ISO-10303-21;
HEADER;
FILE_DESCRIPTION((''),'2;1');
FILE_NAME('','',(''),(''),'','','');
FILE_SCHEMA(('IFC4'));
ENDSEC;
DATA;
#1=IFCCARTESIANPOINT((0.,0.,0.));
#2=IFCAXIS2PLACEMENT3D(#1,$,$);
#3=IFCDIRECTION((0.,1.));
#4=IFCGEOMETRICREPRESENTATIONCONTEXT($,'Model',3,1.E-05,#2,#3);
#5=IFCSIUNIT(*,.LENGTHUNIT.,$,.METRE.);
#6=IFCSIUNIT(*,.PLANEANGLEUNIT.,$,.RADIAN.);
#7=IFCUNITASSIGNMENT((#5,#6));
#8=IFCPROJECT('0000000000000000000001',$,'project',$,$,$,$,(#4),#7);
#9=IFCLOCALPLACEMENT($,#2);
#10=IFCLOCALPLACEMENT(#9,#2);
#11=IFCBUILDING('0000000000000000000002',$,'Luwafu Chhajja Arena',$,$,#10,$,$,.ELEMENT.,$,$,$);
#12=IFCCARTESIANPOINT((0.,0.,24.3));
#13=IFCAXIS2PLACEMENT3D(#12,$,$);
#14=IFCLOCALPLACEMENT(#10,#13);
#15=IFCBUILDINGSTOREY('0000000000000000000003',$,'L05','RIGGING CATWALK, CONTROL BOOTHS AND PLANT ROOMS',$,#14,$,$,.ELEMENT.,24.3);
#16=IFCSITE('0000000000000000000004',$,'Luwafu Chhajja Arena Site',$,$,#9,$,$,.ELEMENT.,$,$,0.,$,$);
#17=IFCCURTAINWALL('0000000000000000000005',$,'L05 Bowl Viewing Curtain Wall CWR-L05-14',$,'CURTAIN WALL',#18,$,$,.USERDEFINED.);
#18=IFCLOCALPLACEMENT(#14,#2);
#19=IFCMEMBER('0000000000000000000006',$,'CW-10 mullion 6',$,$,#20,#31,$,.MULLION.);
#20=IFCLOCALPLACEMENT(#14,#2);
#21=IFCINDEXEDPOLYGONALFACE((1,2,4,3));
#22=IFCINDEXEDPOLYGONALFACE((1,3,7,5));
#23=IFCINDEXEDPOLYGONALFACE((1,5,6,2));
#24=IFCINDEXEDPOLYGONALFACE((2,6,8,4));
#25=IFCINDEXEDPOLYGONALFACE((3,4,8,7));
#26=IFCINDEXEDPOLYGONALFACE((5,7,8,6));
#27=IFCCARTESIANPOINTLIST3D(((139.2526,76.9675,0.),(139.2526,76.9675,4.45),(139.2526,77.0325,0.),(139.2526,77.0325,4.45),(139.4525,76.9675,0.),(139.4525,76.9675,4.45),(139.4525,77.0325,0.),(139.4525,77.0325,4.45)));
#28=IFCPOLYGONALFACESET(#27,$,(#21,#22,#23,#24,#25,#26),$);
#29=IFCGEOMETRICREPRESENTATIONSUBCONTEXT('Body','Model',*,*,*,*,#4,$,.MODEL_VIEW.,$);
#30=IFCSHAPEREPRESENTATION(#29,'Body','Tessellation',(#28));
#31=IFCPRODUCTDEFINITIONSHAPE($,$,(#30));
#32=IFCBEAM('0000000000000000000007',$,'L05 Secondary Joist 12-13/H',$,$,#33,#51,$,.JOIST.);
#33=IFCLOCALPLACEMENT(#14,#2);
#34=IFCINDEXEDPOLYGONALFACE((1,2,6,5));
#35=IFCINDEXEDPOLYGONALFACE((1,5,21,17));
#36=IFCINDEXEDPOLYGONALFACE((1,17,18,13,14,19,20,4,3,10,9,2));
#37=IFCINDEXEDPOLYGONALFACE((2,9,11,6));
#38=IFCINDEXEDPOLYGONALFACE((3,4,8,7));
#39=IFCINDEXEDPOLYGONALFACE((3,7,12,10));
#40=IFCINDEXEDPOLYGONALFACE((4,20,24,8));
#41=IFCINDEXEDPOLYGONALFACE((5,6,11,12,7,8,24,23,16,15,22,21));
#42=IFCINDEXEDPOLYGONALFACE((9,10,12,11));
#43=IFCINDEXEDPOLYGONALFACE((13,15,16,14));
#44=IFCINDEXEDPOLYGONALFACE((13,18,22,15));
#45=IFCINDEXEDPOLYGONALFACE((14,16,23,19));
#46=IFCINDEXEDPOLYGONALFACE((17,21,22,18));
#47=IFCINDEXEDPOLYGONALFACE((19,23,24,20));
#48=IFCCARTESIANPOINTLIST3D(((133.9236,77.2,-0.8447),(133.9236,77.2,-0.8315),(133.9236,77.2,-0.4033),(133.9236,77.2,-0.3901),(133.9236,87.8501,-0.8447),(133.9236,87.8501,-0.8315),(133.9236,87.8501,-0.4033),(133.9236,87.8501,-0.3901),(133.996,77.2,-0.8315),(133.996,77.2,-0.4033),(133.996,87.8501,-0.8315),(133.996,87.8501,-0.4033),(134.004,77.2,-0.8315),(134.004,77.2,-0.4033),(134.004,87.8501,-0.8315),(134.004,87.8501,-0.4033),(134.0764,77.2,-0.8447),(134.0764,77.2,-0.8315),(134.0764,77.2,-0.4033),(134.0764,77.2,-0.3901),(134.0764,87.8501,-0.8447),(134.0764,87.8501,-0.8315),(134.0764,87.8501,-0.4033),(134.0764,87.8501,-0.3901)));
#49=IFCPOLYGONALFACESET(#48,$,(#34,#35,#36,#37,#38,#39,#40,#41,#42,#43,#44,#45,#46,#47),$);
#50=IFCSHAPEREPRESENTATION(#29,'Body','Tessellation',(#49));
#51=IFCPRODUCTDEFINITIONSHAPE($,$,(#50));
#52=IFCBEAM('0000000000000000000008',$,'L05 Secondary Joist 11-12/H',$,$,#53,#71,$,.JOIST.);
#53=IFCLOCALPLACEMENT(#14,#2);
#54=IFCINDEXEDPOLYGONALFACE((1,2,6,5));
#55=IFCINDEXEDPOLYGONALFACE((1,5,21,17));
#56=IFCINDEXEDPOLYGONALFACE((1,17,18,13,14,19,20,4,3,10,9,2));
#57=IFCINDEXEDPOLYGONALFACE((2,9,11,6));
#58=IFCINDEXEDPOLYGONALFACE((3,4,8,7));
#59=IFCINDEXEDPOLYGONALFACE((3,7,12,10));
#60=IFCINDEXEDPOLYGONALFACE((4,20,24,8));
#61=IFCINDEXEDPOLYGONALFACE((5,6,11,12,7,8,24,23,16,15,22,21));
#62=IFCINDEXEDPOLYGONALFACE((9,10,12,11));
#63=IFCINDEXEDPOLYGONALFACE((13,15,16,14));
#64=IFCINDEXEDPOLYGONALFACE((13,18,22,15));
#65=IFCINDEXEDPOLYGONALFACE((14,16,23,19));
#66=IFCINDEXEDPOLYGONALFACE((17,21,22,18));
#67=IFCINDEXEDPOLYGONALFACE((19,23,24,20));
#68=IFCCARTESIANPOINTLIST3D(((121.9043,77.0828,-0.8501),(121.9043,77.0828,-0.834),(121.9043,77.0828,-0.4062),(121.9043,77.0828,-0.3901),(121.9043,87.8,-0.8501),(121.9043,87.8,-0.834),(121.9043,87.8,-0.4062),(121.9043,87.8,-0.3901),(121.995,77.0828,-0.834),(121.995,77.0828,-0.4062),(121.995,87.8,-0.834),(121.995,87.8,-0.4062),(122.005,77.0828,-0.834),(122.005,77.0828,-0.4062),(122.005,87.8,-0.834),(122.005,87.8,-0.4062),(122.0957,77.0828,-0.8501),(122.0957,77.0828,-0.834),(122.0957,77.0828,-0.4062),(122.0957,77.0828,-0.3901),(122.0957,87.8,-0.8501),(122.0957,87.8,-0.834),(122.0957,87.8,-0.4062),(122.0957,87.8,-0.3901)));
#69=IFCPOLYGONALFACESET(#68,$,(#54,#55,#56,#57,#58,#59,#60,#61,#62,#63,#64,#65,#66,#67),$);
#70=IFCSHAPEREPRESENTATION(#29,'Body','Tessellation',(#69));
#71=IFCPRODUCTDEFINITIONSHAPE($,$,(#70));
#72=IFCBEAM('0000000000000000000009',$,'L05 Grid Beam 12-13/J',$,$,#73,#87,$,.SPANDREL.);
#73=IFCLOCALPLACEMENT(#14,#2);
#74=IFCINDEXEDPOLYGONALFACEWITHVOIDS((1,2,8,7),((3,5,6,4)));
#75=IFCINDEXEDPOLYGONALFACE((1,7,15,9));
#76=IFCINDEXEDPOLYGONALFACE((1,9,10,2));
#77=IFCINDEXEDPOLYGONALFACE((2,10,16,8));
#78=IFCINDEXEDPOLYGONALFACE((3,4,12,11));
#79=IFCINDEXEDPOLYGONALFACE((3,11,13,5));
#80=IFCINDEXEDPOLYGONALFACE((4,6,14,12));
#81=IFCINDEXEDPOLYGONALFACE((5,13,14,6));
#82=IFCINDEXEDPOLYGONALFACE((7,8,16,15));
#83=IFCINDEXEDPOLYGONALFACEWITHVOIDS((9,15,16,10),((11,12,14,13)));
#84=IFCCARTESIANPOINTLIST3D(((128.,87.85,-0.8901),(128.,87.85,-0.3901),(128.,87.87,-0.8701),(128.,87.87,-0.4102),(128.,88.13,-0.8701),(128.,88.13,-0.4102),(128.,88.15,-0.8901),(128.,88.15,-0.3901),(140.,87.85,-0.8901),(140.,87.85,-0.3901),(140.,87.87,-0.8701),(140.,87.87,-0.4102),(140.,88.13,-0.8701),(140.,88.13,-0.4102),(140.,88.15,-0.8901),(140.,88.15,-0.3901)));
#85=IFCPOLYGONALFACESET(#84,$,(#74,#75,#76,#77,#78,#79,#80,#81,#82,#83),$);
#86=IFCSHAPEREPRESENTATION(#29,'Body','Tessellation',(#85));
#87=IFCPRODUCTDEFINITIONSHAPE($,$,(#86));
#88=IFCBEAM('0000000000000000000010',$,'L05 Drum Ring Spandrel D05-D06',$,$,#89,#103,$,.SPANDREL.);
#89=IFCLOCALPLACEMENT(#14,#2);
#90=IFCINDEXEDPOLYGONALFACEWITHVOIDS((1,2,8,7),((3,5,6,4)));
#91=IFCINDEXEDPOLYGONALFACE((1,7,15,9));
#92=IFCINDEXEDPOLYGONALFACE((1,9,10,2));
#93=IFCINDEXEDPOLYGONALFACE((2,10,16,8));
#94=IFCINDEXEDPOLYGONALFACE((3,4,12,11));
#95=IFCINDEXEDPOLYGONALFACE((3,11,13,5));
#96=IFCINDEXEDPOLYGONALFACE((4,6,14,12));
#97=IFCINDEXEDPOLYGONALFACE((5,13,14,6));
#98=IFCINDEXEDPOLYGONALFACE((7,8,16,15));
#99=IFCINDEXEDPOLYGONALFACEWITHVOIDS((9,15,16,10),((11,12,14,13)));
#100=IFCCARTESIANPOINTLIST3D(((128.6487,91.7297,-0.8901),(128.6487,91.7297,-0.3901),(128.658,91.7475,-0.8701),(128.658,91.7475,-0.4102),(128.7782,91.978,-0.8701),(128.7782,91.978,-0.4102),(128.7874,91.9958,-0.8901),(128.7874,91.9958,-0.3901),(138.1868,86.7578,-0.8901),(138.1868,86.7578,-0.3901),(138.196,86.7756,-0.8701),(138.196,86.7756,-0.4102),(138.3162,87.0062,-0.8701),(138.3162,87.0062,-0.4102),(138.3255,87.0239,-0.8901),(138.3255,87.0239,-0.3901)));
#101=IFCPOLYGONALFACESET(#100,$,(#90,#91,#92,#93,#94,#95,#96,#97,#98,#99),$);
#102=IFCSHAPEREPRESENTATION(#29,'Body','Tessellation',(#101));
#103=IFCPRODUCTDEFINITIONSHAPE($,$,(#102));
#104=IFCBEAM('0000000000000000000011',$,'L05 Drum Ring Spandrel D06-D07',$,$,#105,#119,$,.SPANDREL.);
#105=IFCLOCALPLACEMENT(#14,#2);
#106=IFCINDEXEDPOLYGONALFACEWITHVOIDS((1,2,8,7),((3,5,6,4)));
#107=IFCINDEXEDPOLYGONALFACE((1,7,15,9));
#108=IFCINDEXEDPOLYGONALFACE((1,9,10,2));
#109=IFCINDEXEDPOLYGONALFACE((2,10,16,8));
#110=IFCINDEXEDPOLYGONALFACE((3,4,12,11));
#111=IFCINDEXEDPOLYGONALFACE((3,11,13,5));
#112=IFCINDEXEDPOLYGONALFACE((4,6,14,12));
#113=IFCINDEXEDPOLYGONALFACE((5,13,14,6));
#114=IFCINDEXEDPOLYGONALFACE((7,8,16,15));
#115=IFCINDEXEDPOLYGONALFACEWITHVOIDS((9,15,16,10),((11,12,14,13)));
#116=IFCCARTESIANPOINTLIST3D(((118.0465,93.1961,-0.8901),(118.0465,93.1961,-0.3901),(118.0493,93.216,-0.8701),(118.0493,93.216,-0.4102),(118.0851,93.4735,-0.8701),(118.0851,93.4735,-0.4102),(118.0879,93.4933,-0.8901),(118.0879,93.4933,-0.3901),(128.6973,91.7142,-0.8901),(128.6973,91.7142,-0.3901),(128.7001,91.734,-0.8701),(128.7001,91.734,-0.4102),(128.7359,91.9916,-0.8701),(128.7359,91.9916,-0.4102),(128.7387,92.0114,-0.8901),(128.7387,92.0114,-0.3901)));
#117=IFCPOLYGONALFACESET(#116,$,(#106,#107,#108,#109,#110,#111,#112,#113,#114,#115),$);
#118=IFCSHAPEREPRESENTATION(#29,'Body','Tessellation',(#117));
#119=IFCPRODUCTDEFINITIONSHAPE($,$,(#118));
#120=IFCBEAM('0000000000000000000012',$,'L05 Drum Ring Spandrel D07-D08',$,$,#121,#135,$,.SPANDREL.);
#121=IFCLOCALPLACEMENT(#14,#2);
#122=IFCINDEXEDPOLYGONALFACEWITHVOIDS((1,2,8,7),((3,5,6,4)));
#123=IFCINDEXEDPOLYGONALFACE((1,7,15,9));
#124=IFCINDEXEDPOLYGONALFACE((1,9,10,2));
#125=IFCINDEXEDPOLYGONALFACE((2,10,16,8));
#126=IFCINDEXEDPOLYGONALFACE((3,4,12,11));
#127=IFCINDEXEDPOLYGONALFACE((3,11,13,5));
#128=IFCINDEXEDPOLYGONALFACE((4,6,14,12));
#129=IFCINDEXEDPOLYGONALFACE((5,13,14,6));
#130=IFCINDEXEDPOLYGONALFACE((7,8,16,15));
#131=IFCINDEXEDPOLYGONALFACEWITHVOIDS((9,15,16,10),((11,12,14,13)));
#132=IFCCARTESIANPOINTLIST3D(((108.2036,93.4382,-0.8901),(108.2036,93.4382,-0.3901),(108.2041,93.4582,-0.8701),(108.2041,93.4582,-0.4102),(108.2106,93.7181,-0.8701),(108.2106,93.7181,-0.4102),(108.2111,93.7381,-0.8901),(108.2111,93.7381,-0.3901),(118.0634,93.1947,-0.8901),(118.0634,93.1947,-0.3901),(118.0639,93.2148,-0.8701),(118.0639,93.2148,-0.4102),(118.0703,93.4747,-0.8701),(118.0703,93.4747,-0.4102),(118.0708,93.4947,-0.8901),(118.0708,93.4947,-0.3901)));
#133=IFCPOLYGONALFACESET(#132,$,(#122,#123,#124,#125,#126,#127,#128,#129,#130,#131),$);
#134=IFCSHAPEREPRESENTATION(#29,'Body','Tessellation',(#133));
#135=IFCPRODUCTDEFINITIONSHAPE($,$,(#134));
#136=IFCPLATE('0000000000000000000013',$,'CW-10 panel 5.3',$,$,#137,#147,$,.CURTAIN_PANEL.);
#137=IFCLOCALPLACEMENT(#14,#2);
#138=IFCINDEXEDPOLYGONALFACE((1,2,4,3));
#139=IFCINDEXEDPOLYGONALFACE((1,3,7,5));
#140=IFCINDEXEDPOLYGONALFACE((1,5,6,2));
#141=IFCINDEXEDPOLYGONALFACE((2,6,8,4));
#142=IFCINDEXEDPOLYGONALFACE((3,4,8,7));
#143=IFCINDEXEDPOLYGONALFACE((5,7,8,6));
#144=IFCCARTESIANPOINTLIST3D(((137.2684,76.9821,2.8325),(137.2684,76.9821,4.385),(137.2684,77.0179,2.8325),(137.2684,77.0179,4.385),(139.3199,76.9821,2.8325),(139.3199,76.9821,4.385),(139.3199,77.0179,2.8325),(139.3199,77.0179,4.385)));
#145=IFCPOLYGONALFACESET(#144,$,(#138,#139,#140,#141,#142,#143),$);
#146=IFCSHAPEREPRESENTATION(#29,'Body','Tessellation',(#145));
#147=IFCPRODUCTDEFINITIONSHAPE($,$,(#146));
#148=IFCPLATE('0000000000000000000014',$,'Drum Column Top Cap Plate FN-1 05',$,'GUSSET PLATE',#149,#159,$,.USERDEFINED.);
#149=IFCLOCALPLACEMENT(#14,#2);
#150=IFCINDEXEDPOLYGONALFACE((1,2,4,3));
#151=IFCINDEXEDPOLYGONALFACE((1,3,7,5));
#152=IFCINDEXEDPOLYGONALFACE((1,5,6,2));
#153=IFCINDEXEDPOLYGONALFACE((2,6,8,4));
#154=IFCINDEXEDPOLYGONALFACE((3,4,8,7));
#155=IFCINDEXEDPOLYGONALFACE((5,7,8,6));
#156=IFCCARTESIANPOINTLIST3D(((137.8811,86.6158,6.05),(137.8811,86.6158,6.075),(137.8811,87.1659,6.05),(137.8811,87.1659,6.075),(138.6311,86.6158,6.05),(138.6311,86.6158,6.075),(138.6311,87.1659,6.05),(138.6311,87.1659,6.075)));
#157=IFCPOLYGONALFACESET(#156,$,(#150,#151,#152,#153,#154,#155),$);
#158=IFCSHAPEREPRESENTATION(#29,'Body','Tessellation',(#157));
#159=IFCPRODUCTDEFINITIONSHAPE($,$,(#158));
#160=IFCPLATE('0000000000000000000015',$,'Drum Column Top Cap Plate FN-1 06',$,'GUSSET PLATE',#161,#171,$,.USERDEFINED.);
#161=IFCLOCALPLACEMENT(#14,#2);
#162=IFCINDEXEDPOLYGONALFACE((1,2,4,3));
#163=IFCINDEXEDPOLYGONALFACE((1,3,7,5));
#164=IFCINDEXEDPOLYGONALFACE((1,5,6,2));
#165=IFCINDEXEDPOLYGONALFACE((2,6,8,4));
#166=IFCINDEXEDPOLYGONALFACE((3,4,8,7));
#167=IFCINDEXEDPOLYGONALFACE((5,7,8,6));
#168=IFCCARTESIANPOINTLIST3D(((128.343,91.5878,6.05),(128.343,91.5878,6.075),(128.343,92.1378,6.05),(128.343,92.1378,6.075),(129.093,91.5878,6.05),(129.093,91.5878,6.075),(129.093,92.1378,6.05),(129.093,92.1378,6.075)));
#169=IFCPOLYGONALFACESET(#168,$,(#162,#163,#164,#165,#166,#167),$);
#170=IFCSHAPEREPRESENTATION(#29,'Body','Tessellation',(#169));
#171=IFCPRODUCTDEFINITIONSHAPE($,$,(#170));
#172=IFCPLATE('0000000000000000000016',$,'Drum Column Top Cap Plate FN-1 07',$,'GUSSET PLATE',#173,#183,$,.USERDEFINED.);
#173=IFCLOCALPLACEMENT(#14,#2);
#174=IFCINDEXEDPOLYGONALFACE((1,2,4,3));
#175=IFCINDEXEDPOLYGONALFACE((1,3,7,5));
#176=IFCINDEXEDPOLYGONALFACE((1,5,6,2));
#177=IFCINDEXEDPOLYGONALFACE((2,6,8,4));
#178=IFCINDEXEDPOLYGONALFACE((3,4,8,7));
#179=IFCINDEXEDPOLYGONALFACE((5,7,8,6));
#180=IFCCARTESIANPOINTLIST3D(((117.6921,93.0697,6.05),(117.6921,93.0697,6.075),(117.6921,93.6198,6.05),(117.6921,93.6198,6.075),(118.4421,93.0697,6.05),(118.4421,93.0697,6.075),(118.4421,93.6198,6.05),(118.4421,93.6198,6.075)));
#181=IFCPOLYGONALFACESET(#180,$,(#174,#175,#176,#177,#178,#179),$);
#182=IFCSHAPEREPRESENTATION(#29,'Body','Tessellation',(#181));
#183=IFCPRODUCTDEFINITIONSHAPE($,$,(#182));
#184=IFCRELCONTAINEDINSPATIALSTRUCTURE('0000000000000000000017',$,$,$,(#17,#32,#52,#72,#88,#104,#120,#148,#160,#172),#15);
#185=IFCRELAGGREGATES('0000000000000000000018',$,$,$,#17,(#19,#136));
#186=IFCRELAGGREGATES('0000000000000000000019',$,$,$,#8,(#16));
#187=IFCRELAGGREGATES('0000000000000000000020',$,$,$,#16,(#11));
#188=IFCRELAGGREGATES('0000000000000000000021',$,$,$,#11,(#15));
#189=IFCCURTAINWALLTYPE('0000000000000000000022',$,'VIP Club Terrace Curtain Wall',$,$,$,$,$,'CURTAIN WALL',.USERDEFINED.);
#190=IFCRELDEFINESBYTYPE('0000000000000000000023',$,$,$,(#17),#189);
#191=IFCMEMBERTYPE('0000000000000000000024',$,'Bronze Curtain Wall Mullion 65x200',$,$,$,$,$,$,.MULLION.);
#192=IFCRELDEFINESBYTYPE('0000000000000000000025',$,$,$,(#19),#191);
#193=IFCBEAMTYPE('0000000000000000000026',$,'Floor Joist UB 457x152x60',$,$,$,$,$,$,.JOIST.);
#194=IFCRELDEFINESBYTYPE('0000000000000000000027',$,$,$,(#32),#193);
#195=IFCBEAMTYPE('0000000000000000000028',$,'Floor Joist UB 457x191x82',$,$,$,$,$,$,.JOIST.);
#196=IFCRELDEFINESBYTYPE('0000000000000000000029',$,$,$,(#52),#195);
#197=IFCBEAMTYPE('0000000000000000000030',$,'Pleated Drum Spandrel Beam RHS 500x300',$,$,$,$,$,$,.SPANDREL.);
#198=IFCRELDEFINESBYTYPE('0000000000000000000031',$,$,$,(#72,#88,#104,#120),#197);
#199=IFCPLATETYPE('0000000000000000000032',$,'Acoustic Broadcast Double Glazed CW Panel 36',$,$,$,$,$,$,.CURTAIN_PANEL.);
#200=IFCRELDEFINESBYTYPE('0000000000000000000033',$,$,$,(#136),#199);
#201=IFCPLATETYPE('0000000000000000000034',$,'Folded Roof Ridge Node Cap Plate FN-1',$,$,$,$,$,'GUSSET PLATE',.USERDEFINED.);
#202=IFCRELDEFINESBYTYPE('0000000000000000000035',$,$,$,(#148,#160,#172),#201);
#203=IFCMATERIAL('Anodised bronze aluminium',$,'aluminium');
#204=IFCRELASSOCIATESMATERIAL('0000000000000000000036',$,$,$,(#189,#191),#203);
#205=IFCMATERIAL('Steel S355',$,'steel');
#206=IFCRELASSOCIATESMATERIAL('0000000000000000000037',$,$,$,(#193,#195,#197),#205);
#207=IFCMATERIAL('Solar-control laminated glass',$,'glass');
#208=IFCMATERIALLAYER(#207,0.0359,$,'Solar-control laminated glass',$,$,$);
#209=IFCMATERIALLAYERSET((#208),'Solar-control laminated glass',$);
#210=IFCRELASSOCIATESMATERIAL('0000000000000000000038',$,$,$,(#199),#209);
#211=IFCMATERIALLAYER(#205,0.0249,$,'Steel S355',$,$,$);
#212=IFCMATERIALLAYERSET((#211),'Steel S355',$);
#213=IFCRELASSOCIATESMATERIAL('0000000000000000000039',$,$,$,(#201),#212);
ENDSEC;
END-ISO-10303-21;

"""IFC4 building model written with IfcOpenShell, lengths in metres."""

from ifc_helpers import new_model, si_unit, direction, frame, origin, origin_2d, place, context, subcontext, project, spatial, rectangle, hollow_rectangle, i_section, extrude, material, layer, layer_set, material_profile, profile_set, type_object, element, aggregate, save


model = new_model("IFC4")

# Units and contexts
model_context = context("Model", 3, precision=1e-05, world=origin(), true_north=direction((0.0, 1.0)))
body_context = subcontext(model_context, "Body", "Model", "MODEL_VIEW")
ifc_project = project(units=[si_unit("LENGTHUNIT", "METRE"), si_unit("PLANEANGLEUNIT", "RADIAN")], contexts=[model_context])

# Site, building, storey
site_placement = place(None, origin())
site = spatial("IfcSite", under=ifc_project, at=site_placement, Name="Luwafu Chhajja Arena Site", CompositionType="ELEMENT", RefElevation=0.0)
building_placement = place(site_placement, origin())
building = spatial("IfcBuilding", under=site, at=building_placement, Name="Luwafu Chhajja Arena", CompositionType="ELEMENT")
storey_placement = place(building_placement, frame((0.0, 0.0, 24.3)))
storey = spatial("IfcBuildingStorey", under=building, at=storey_placement, Name="L05", Description="RIGGING CATWALK, CONTROL BOOTHS AND PLANT ROOMS", CompositionType="ELEMENT", Elevation=24.3)

# Shared definitions
ifc_material_1 = material(Name="Steel S355", Category="steel")

# Curtain wall, member
ifc_material_2 = material(Name="Anodised bronze aluminium", Category="aluminium")
curtain_wall_type = type_object("IfcCurtainWallType", Name="VIP Club Terrace Curtain Wall", ElementType="CURTAIN WALL", PredefinedType="USERDEFINED", material=ifc_material_2)
curtain_wall_placement = place(storey_placement, origin())
curtain_wall = element("IfcCurtainWall", 1, at=curtain_wall_placement, inside=storey, type_object=curtain_wall_type, Name="L05 Bowl Viewing Curtain Wall CWR-L05-14", ObjectType="CURTAIN WALL", PredefinedType="USERDEFINED")
ifc_material_profile_1 = material_profile(ifc_material_2, rectangle(XDim=0.0649, YDim=0.2, at=origin_2d()), Name="CWM 65x200")
ifc_profile_set_1 = profile_set([ifc_material_profile_1], Name="Anodised bronze aluminium")
member_type = type_object("IfcMemberType", Name="Bronze Curtain Wall Mullion 65x200", PredefinedType="MULLION", material=ifc_profile_set_1)
member_placement = place(storey_placement, frame((139.3525, 77.0, 0.0), z_axis=(0.0, 0.0, 1.0), x_axis=(0.0, 1.0, 0.0)))
member = element("IfcMember", 2, at=member_placement, type_object=member_type, Name="CW-10 mullion 6", PredefinedType="MULLION", context=body_context, shape_type="SweptSolid", body=[
    extrude(rectangle(XDim=0.0649, YDim=0.2, at=origin_2d()), origin(), (0.0, 0.0, 1.0), 4.45),
])

# Beams
ifc_material_profile_2 = material_profile(ifc_material_1, i_section(OverallWidth=0.1528, OverallDepth=0.4546, WebThickness=0.0081, FlangeThickness=0.0132, at=origin_2d()), Name="UB 457x152x60")
ifc_profile_set_2 = profile_set([ifc_material_profile_2], Name="Steel S355")
beam_type_1 = type_object("IfcBeamType", Name="Floor Joist UB 457x152x60", PredefinedType="JOIST", material=ifc_profile_set_2)
beam_1_placement = place(storey_placement, frame((134.0, 77.2, -0.6174), z_axis=(0.0, 1.0, 0.0), x_axis=(-1.0, 0.0, 0.0)))
element("IfcBeam", 3, at=beam_1_placement, inside=storey, type_object=beam_type_1, Name="L05 Secondary Joist 12-13/H", PredefinedType="JOIST", context=body_context, shape_type="SweptSolid", body=[
    extrude(i_section(OverallWidth=0.1528, OverallDepth=0.4546, WebThickness=0.0081, FlangeThickness=0.0132, at=origin_2d()), origin(), (0.0, 0.0, 1.0), 10.6501),
])
ifc_material_profile_3 = material_profile(ifc_material_1, i_section(OverallWidth=0.1914, OverallDepth=0.46, WebThickness=0.01, FlangeThickness=0.0161, at=origin_2d()), Name="UB 457x191x82")
ifc_profile_set_3 = profile_set([ifc_material_profile_3], Name="Steel S355")
beam_type_2 = type_object("IfcBeamType", Name="Floor Joist UB 457x191x82", PredefinedType="JOIST", material=ifc_profile_set_3)
beam_2_placement = place(storey_placement, frame((122.0, 77.0828, -0.6201), z_axis=(0.0, 1.0, 0.0), x_axis=(-1.0, 0.0, 0.0)))
element("IfcBeam", 4, at=beam_2_placement, inside=storey, type_object=beam_type_2, Name="L05 Secondary Joist 11-12/H", PredefinedType="JOIST", context=body_context, shape_type="SweptSolid", body=[
    extrude(i_section(OverallWidth=0.1914, OverallDepth=0.46, WebThickness=0.01, FlangeThickness=0.0161, at=origin_2d()), origin(), (0.0, 0.0, 1.0), 10.7173),
])
ifc_material_profile_4 = material_profile(ifc_material_1, hollow_rectangle(XDim=0.3, YDim=0.5, WallThickness=0.02, at=origin_2d()), Name="RHS 500x300x20")
ifc_profile_set_4 = profile_set([ifc_material_profile_4], Name="Steel S355")
beam_type_3 = type_object("IfcBeamType", Name="Pleated Drum Spandrel Beam RHS 500x300", PredefinedType="SPANDREL", material=ifc_profile_set_4)
beam_3_placement = place(storey_placement, frame((128.0, 88.0, -0.6401), z_axis=(1.0, 0.0, 0.0), x_axis=(0.0, 1.0, 0.0)))
element("IfcBeam", 5, at=beam_3_placement, inside=storey, type_object=beam_type_3, Name="L05 Grid Beam 12-13/J", PredefinedType="SPANDREL", context=body_context, shape_type="SweptSolid", body=[
    extrude(hollow_rectangle(XDim=0.3, YDim=0.5, WallThickness=0.02, at=origin_2d()), origin(), (0.0, 0.0, 1.0), 12.0),
])
beam_4_placement = place(storey_placement, frame((138.2561, 86.8909, -0.6401), z_axis=(-0.886755, 0.462239, 0.0), x_axis=(-0.462239, -0.886755, 0.0)))
element("IfcBeam", 6, at=beam_4_placement, inside=storey, type_object=beam_type_3, Name="L05 Drum Ring Spandrel D05-D06", PredefinedType="SPANDREL", context=body_context, shape_type="SweptSolid", body=[
    extrude(hollow_rectangle(XDim=0.3, YDim=0.5, WallThickness=0.02, at=origin_2d()), origin(), (0.0, 0.0, 1.0), 10.7561),
])
beam_5_placement = place(storey_placement, frame((128.718, 91.8628, -0.6401), z_axis=(-0.990459, 0.13781, 0.0), x_axis=(-0.13781, -0.990459, 0.0)))
element("IfcBeam", 7, at=beam_5_placement, inside=storey, type_object=beam_type_3, Name="L05 Drum Ring Spandrel D06-D07", PredefinedType="SPANDREL", context=body_context, shape_type="SweptSolid", body=[
    extrude(hollow_rectangle(XDim=0.3, YDim=0.5, WallThickness=0.02, at=origin_2d()), origin(), (0.0, 0.0, 1.0), 10.7534),
])
beam_6_placement = place(storey_placement, frame((118.0671, 93.3447, -0.6401), z_axis=(-0.999695, 0.024679, 0.0), x_axis=(-0.024679, -0.999695, 0.0)))
element("IfcBeam", 8, at=beam_6_placement, inside=storey, type_object=beam_type_3, Name="L05 Drum Ring Spandrel D07-D08", PredefinedType="SPANDREL", context=body_context, shape_type="SweptSolid", body=[
    extrude(hollow_rectangle(XDim=0.3, YDim=0.5, WallThickness=0.02, at=origin_2d()), origin(), (0.0, 0.0, 1.0), 9.8628),
])

# Plate
ifc_material_3 = material(Name="Solar-control laminated glass", Category="glass")
ifc_layer_1 = layer(ifc_material_3, 0.0359, Name="Solar-control laminated glass")
ifc_layer_set_1 = layer_set([ifc_layer_1], Name="Solar-control laminated glass")
plate_type_1 = type_object("IfcPlateType", Name="Acoustic Broadcast Double Glazed CW Panel 36", PredefinedType="CURTAIN_PANEL", material=ifc_layer_set_1)
plate_placement = place(storey_placement, frame((138.2942, 77.0, 2.8325), z_axis=(0.0, 0.0, 1.0), x_axis=(1.0, 0.0, 0.0)))
plate = element("IfcPlate", 9, at=plate_placement, type_object=plate_type_1, Name="CW-10 panel 5.3", PredefinedType="CURTAIN_PANEL", context=body_context, shape_type="SweptSolid", body=[
    extrude(rectangle(XDim=2.0515, YDim=0.0359, at=origin_2d()), origin(), (0.0, 0.0, 1.0), 1.5525),
])
aggregate(curtain_wall, [member, plate])

# Plates
ifc_layer_2 = layer(ifc_material_1, 0.0249, Name="Steel S355")
ifc_layer_set_2 = layer_set([ifc_layer_2], Name="Steel S355")
plate_type_2 = type_object("IfcPlateType", Name="Folded Roof Ridge Node Cap Plate FN-1", ElementType="GUSSET PLATE", PredefinedType="USERDEFINED", material=ifc_layer_set_2)
for number, where, z_axis, x_axis, name in (
    (10, (138.2561, 86.8909, 6.05), (0.0, 0.0, 1.0), (1.0, 0.0, 0.0), "Drum Column Top Cap Plate FN-1 05"),
    (11, (128.718, 91.8628, 6.05), (0.0, 0.0, 1.0), (1.0, 0.0, 0.0), "Drum Column Top Cap Plate FN-1 06"),
    (12, (118.0671, 93.3447, 6.05), (0.0, 0.0, 1.0), (1.0, 0.0, 0.0), "Drum Column Top Cap Plate FN-1 07"),
):
    element("IfcPlate", number, at=place(storey_placement, frame(where, z_axis=z_axis, x_axis=x_axis)), inside=storey, type_object=plate_type_2, Name=name, ObjectType="GUSSET PLATE", PredefinedType="USERDEFINED", context=body_context, shape_type="SweptSolid", body=[
        extrude(rectangle(XDim=0.75, YDim=0.55, at=origin_2d()), origin(), (0.0, 0.0, 1.0), 0.0249),
    ])

save(model, "model.ifc")
